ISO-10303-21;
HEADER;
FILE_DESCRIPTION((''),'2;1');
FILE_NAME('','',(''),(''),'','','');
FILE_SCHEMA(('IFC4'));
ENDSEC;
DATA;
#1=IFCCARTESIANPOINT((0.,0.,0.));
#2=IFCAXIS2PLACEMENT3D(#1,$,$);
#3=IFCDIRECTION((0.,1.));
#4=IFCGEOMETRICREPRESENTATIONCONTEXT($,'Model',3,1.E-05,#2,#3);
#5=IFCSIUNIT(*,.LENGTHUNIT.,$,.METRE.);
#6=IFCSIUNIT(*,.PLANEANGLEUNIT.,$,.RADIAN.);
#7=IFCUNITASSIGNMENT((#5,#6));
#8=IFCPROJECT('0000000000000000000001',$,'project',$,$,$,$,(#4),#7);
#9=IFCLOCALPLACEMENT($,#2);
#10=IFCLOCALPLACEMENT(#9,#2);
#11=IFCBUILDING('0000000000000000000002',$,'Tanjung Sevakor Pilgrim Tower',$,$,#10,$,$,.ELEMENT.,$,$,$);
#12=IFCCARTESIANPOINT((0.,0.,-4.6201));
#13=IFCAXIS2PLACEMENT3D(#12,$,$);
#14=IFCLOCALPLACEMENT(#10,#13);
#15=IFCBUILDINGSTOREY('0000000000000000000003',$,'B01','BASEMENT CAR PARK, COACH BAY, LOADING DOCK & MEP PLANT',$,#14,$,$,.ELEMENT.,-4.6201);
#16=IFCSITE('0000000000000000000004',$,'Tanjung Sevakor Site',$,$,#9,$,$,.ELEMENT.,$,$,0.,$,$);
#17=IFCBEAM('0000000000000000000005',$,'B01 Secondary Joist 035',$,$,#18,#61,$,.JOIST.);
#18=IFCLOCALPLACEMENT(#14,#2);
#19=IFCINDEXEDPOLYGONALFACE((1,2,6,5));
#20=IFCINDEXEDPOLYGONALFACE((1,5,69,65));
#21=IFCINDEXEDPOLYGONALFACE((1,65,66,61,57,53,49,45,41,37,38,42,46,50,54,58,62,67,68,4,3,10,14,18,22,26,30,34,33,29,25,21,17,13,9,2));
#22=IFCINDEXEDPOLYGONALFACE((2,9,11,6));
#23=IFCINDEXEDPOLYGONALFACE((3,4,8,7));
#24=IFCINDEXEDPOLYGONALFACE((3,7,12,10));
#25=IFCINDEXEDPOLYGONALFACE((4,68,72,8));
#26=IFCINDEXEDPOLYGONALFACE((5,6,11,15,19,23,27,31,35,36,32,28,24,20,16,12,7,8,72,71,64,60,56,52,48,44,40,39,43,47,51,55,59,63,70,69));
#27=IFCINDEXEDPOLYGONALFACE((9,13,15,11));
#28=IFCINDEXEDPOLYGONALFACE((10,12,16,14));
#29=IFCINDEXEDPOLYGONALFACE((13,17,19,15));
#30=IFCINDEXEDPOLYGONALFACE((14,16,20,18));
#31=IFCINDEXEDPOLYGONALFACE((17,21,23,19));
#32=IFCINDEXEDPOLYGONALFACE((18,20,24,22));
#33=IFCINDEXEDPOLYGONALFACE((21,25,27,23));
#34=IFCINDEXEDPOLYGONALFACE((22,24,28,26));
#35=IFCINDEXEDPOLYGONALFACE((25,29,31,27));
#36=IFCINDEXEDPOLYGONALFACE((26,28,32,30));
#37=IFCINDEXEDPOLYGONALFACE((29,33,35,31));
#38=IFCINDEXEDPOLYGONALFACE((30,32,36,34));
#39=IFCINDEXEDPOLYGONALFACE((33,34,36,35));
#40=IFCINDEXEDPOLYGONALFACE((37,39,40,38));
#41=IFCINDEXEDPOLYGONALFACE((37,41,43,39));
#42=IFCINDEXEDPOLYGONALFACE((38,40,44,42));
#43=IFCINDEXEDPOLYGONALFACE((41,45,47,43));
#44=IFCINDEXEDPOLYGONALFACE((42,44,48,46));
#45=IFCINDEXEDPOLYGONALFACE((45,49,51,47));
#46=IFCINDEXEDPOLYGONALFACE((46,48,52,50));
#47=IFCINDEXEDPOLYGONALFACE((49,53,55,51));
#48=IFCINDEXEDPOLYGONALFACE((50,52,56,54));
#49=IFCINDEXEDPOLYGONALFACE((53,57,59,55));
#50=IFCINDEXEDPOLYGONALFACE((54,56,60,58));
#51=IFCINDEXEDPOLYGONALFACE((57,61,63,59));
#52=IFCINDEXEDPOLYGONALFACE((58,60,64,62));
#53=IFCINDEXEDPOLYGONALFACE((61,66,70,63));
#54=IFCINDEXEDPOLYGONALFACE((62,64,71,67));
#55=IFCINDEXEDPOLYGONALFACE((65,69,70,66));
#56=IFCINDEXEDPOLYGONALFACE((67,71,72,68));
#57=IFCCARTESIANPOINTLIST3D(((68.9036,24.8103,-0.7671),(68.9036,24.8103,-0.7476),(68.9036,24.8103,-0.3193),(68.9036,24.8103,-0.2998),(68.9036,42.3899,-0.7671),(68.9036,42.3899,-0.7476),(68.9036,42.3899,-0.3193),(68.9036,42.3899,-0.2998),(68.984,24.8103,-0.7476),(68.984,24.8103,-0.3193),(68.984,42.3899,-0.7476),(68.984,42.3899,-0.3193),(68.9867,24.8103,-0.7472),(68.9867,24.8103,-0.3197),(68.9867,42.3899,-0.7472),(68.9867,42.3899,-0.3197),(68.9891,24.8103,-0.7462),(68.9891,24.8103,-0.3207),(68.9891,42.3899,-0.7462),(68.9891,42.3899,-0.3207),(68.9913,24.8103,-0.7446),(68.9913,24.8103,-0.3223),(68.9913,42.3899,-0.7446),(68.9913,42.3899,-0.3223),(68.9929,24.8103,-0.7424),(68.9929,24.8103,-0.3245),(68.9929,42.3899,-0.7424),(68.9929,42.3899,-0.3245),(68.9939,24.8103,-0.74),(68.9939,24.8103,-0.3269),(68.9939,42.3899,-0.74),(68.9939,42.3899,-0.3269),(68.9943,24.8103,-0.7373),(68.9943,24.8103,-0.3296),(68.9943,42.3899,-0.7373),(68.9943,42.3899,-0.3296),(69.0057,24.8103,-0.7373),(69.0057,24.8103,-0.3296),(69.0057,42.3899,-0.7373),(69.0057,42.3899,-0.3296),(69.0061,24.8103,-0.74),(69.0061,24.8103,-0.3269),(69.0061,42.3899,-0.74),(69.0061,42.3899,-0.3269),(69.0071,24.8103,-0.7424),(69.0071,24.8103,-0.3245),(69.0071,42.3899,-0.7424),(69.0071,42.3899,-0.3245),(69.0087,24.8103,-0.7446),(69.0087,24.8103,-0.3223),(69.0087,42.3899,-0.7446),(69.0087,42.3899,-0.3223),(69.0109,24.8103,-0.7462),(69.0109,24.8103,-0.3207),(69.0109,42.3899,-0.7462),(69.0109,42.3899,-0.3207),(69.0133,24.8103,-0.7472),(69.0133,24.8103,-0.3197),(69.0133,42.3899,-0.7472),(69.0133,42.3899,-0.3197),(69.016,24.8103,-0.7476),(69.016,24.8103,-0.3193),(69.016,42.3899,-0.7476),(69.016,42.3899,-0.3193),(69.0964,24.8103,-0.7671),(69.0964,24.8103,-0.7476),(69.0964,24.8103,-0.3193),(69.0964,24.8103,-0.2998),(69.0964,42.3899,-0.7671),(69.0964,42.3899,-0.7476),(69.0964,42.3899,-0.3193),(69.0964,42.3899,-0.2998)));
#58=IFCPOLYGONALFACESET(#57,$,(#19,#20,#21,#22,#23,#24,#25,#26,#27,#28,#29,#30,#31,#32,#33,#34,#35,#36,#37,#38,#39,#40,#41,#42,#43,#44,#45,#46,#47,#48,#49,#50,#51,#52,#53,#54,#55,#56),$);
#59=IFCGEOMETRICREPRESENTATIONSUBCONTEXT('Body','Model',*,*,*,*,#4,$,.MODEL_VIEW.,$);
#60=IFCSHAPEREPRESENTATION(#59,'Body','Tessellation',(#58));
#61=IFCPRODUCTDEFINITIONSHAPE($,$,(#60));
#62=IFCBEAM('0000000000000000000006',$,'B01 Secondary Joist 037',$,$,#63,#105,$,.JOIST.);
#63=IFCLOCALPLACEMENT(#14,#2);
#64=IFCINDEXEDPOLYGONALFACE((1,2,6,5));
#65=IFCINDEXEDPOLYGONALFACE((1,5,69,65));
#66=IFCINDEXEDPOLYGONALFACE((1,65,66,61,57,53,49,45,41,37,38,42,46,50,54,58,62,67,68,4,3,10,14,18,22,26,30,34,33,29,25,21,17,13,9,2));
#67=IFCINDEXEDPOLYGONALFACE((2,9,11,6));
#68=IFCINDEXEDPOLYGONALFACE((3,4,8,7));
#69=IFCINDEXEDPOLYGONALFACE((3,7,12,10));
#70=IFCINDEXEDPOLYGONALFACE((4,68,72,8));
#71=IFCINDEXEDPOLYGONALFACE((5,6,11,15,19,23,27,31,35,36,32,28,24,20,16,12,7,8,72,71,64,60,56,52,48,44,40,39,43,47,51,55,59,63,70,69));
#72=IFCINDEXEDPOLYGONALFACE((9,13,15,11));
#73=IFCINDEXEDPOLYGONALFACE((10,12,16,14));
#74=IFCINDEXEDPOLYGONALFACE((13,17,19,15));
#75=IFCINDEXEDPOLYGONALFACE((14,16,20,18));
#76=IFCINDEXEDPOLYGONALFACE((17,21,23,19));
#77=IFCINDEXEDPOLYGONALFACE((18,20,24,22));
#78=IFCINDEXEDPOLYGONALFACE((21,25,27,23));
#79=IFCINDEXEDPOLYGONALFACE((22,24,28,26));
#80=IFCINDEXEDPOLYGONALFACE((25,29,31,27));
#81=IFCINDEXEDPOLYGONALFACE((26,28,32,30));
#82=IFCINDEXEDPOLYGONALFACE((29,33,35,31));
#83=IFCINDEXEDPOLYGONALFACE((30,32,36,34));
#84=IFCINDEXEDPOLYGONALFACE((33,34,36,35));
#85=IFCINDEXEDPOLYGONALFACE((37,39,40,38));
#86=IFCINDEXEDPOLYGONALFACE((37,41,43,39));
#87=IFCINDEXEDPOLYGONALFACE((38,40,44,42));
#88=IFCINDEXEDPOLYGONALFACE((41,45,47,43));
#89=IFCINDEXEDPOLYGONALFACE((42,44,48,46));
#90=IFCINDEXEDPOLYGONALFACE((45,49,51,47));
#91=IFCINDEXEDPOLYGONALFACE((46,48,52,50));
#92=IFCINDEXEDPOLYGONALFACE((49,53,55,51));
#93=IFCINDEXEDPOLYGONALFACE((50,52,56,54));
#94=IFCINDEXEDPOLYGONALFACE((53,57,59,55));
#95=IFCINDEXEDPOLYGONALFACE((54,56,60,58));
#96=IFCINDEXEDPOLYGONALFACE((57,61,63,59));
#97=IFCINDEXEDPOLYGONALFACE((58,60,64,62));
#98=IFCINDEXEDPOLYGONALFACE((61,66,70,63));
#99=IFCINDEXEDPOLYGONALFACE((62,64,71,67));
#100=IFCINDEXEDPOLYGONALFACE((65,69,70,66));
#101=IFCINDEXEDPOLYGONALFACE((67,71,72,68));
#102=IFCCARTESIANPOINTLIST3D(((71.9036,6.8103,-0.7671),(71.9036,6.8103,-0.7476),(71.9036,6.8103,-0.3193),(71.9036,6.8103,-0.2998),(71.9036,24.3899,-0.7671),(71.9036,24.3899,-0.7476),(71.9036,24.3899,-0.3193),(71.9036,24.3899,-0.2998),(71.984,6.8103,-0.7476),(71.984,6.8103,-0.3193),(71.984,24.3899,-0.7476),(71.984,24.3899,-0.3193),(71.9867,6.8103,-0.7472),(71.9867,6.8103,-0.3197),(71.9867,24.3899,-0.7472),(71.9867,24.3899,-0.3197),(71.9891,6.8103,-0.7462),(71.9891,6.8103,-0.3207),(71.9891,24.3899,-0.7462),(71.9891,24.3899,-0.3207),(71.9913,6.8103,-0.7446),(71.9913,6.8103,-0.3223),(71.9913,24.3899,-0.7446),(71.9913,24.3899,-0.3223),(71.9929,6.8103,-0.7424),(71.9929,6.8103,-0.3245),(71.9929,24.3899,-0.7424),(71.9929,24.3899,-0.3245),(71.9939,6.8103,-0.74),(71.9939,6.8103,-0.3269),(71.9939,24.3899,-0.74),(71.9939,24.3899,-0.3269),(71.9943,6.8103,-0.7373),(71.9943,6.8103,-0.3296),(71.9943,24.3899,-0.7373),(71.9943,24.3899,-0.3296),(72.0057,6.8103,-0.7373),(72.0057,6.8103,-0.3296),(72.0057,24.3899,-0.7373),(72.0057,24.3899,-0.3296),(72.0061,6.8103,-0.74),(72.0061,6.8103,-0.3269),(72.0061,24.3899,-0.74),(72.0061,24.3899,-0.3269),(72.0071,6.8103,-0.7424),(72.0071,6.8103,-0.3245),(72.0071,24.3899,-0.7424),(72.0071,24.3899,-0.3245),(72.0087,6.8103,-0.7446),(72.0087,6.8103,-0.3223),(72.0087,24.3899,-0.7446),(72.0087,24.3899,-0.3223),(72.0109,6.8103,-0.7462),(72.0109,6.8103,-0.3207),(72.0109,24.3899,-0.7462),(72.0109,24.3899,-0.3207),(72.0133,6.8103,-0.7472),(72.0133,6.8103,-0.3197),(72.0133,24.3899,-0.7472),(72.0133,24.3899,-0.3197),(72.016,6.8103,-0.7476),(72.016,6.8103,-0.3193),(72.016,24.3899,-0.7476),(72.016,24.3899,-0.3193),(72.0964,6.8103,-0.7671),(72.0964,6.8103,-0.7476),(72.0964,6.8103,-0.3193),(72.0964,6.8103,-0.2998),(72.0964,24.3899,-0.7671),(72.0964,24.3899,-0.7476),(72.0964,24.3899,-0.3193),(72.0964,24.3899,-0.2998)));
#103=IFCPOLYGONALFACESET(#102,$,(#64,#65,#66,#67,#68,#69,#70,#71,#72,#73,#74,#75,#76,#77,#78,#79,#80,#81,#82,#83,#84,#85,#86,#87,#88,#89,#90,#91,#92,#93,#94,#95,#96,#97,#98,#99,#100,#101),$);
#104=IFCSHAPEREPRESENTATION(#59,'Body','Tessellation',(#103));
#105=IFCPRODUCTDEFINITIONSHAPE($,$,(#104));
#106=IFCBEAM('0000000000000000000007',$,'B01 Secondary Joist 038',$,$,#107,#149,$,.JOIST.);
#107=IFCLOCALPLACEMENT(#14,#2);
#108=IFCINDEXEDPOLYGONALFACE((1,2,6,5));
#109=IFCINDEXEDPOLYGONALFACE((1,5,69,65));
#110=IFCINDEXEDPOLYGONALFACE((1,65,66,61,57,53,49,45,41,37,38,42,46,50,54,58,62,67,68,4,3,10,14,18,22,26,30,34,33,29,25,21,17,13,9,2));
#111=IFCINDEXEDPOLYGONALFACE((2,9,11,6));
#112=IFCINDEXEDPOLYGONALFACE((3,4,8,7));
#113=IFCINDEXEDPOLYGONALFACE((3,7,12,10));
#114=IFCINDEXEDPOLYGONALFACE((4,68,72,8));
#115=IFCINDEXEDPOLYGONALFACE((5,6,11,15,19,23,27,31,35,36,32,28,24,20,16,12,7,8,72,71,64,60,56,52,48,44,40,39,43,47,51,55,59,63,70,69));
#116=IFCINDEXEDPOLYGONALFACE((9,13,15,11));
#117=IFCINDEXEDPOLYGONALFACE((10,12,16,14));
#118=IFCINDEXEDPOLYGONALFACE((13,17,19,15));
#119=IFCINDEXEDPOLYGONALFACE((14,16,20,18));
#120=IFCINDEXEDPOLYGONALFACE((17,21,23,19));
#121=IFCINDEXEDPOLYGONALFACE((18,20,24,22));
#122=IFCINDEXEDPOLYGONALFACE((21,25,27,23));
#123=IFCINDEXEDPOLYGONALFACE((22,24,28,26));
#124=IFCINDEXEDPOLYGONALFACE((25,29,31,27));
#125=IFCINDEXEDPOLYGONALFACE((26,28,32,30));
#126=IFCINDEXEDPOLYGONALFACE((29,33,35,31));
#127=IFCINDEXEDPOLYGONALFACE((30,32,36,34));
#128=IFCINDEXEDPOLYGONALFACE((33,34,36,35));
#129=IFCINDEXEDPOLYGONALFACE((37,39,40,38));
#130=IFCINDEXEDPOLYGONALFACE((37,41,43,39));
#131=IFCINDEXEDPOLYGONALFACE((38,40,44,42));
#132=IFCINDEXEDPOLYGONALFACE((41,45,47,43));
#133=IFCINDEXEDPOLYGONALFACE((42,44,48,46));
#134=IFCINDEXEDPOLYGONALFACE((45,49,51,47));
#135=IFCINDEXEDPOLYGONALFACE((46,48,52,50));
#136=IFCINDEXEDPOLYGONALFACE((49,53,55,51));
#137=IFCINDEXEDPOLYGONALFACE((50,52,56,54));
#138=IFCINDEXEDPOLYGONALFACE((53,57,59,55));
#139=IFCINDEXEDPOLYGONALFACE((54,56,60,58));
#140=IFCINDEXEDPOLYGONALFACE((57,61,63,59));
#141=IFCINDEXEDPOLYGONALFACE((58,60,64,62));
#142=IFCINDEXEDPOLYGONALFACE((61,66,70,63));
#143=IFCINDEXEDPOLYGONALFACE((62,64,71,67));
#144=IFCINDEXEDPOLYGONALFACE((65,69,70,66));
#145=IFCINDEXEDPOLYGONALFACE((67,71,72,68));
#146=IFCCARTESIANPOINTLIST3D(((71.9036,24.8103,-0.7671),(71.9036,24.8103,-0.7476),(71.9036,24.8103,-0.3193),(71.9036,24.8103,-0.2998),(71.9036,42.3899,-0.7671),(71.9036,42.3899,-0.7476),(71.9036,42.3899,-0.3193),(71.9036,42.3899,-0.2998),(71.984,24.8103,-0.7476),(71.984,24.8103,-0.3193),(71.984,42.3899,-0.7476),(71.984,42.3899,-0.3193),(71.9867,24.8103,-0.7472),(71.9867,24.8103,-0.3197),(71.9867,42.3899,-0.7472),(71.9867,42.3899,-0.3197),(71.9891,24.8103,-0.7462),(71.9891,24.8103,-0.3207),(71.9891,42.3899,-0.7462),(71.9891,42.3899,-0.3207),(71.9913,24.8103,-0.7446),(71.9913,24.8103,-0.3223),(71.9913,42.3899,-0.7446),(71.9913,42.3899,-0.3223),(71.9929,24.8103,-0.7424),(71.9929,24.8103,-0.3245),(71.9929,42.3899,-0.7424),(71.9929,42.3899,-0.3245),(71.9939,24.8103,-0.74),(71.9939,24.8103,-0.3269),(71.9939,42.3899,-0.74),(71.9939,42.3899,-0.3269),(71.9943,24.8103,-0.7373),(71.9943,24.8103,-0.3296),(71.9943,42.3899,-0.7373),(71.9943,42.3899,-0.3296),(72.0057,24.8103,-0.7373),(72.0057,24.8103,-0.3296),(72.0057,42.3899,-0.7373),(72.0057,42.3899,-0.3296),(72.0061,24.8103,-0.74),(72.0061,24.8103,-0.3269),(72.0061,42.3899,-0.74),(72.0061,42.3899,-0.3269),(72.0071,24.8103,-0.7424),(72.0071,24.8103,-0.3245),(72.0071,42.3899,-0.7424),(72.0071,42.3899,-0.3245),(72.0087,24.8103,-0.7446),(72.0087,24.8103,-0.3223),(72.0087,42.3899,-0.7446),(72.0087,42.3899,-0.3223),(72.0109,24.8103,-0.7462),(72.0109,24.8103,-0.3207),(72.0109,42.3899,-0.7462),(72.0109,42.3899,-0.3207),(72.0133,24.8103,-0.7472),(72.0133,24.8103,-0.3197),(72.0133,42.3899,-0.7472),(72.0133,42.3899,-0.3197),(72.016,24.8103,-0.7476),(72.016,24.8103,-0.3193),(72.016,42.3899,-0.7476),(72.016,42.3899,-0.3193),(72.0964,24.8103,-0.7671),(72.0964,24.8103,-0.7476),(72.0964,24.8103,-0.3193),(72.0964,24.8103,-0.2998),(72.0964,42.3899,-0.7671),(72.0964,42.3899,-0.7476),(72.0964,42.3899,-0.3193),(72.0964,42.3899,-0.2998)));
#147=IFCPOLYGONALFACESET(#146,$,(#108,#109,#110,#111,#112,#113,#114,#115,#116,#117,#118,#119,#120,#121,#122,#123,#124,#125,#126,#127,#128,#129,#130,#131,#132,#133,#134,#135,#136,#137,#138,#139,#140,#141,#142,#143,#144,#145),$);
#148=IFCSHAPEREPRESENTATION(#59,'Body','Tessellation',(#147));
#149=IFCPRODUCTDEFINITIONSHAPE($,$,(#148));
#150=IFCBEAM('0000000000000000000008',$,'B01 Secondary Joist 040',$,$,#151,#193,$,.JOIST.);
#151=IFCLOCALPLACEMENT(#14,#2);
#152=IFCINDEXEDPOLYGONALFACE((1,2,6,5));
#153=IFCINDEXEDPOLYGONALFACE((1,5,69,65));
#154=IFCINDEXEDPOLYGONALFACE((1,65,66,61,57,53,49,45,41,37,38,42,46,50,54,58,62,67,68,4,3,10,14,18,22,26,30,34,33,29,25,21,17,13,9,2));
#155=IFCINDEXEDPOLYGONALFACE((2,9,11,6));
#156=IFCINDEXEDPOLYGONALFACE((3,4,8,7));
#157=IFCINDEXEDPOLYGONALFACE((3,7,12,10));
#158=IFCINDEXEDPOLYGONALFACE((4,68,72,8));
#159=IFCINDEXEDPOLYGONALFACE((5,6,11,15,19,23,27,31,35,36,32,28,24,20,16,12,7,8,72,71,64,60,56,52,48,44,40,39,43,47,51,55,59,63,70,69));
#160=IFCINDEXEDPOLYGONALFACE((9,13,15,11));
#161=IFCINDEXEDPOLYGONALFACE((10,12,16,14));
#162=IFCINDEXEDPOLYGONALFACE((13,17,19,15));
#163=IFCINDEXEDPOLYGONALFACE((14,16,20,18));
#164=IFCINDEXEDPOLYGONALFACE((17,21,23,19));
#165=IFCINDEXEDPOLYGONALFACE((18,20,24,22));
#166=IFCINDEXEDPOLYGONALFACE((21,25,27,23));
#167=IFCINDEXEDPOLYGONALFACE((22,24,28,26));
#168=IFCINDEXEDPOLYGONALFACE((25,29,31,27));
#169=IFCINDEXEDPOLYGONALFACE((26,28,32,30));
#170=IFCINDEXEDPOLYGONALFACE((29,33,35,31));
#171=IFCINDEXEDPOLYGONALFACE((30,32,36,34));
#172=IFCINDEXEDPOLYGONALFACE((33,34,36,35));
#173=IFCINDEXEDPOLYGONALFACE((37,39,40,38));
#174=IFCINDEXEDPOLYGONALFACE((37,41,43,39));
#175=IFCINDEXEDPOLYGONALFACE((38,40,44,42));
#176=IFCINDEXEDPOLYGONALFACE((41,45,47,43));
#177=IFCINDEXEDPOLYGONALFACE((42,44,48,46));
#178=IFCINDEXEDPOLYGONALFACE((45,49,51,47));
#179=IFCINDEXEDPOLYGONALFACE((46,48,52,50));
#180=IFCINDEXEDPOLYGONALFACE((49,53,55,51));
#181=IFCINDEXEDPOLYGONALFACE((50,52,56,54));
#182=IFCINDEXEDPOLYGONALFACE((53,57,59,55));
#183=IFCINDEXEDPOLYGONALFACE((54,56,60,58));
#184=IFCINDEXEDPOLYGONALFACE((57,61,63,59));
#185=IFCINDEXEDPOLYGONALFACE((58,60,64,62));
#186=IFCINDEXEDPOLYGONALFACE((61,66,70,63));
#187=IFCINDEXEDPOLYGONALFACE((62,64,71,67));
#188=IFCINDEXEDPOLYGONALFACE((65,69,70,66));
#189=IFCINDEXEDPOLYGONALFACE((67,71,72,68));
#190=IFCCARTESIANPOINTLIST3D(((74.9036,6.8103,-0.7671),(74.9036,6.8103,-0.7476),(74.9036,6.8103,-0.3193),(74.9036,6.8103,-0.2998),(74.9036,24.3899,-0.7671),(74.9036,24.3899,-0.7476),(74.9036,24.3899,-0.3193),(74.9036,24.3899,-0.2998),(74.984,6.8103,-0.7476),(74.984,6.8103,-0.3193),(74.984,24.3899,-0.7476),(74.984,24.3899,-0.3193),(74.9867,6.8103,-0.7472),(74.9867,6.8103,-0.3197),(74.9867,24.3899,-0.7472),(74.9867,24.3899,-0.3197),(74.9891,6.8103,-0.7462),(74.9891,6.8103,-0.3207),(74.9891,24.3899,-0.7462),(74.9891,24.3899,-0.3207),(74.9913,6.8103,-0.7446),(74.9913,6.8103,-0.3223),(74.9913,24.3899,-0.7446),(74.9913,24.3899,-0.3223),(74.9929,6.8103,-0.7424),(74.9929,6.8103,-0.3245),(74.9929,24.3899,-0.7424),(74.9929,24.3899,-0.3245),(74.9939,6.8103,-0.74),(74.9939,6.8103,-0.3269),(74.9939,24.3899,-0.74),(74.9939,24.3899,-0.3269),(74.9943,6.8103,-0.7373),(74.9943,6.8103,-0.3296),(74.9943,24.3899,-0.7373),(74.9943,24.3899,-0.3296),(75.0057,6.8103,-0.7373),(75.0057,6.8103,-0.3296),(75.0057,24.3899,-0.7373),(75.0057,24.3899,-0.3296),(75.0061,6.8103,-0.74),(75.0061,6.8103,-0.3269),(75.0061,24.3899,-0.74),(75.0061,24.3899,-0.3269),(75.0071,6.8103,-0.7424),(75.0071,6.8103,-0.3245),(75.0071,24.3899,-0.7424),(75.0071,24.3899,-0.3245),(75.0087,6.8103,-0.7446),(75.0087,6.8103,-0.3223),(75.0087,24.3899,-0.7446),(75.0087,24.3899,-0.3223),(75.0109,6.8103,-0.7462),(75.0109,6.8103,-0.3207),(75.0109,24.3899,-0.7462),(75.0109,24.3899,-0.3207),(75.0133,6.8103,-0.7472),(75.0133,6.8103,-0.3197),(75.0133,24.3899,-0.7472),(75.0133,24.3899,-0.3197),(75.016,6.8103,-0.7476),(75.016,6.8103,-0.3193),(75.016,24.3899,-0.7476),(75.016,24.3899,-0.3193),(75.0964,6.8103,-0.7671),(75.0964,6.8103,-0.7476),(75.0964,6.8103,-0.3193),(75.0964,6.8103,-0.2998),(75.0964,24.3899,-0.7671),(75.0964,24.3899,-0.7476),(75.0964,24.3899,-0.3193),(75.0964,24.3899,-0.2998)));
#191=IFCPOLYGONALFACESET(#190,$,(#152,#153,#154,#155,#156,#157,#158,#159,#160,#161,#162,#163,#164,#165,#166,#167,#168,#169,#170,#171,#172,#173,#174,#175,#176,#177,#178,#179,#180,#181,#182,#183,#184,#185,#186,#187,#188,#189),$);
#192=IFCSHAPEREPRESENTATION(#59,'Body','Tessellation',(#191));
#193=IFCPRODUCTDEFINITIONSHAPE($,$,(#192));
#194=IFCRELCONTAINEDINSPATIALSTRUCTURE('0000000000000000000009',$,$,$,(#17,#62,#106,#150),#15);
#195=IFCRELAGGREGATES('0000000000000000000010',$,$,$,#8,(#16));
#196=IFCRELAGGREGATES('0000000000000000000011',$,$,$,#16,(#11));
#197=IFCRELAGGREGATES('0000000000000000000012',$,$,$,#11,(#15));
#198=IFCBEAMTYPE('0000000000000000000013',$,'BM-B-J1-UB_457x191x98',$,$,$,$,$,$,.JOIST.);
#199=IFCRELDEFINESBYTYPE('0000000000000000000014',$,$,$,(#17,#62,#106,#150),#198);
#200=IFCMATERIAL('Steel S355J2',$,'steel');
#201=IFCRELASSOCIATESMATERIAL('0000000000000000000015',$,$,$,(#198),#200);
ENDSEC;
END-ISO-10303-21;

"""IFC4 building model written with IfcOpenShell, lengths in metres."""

from ifc_helpers import new_model, si_unit, direction, frame, origin, origin_2d, place, context, subcontext, project, spatial, i_section, extrude, material, material_profile, profile_set, type_object, element, save


model = new_model("IFC4")

# Units and contexts
model_context = context("Model", 3, precision=1e-05, world=origin(), true_north=direction((0.0, 1.0)))
body_context = subcontext(model_context, "Body", "Model", "MODEL_VIEW")
ifc_project = project(units=[si_unit("LENGTHUNIT", "METRE"), si_unit("PLANEANGLEUNIT", "RADIAN")], contexts=[model_context])

# Site, building, storey
site_placement = place(None, origin())
site = spatial("IfcSite", under=ifc_project, at=site_placement, Name="Tanjung Sevakor Site", CompositionType="ELEMENT", RefElevation=0.0)
building_placement = place(site_placement, origin())
building = spatial("IfcBuilding", under=site, at=building_placement, Name="Tanjung Sevakor Pilgrim Tower", CompositionType="ELEMENT")
storey_placement = place(building_placement, frame((0.0, 0.0, -4.6201)))
storey = spatial("IfcBuildingStorey", under=building, at=storey_placement, Name="B01", Description="BASEMENT CAR PARK, COACH BAY, LOADING DOCK & MEP PLANT", CompositionType="ELEMENT", Elevation=-4.6201)

# Beams
ifc_material_1 = material(Name="Steel S355J2", Category="steel")
ifc_material_profile_1 = material_profile(ifc_material_1, i_section(OverallWidth=0.1929, OverallDepth=0.4673, WebThickness=0.0115, FlangeThickness=0.0195, FilletRadius=0.0103, at=origin_2d()))
ifc_profile_set_1 = profile_set([ifc_material_profile_1], Name="Steel S355J2")
beam_type_1 = type_object("IfcBeamType", Name="BM-B-J1-UB_457x191x98", PredefinedType="JOIST", material=ifc_profile_set_1)
for number, where, z_axis, x_axis, name in (
    (1, (69.0, 24.8103, -0.5334), (0.0, 1.0, 0.0), (-1.0, 0.0, 0.0), "B01 Secondary Joist 035"),
    (2, (72.0, 6.8103, -0.5334), (0.0, 1.0, 0.0), (-1.0, 0.0, 0.0), "B01 Secondary Joist 037"),
    (3, (72.0, 24.8103, -0.5334), (0.0, 1.0, 0.0), (-1.0, 0.0, 0.0), "B01 Secondary Joist 038"),
    (4, (75.0, 6.8103, -0.5334), (0.0, 1.0, 0.0), (-1.0, 0.0, 0.0), "B01 Secondary Joist 040"),
):
    element("IfcBeam", number, at=place(storey_placement, frame(where, z_axis=z_axis, x_axis=x_axis)), inside=storey, type_object=beam_type_1, Name=name, PredefinedType="JOIST", context=body_context, shape_type="SweptSolid", body=[
        extrude(i_section(OverallWidth=0.1929, OverallDepth=0.4673, WebThickness=0.0115, FlangeThickness=0.0195, FilletRadius=0.0103, at=origin_2d()), origin(), (0.0, 0.0, 1.0), 17.5796),
    ])

save(model, "model.ifc")
